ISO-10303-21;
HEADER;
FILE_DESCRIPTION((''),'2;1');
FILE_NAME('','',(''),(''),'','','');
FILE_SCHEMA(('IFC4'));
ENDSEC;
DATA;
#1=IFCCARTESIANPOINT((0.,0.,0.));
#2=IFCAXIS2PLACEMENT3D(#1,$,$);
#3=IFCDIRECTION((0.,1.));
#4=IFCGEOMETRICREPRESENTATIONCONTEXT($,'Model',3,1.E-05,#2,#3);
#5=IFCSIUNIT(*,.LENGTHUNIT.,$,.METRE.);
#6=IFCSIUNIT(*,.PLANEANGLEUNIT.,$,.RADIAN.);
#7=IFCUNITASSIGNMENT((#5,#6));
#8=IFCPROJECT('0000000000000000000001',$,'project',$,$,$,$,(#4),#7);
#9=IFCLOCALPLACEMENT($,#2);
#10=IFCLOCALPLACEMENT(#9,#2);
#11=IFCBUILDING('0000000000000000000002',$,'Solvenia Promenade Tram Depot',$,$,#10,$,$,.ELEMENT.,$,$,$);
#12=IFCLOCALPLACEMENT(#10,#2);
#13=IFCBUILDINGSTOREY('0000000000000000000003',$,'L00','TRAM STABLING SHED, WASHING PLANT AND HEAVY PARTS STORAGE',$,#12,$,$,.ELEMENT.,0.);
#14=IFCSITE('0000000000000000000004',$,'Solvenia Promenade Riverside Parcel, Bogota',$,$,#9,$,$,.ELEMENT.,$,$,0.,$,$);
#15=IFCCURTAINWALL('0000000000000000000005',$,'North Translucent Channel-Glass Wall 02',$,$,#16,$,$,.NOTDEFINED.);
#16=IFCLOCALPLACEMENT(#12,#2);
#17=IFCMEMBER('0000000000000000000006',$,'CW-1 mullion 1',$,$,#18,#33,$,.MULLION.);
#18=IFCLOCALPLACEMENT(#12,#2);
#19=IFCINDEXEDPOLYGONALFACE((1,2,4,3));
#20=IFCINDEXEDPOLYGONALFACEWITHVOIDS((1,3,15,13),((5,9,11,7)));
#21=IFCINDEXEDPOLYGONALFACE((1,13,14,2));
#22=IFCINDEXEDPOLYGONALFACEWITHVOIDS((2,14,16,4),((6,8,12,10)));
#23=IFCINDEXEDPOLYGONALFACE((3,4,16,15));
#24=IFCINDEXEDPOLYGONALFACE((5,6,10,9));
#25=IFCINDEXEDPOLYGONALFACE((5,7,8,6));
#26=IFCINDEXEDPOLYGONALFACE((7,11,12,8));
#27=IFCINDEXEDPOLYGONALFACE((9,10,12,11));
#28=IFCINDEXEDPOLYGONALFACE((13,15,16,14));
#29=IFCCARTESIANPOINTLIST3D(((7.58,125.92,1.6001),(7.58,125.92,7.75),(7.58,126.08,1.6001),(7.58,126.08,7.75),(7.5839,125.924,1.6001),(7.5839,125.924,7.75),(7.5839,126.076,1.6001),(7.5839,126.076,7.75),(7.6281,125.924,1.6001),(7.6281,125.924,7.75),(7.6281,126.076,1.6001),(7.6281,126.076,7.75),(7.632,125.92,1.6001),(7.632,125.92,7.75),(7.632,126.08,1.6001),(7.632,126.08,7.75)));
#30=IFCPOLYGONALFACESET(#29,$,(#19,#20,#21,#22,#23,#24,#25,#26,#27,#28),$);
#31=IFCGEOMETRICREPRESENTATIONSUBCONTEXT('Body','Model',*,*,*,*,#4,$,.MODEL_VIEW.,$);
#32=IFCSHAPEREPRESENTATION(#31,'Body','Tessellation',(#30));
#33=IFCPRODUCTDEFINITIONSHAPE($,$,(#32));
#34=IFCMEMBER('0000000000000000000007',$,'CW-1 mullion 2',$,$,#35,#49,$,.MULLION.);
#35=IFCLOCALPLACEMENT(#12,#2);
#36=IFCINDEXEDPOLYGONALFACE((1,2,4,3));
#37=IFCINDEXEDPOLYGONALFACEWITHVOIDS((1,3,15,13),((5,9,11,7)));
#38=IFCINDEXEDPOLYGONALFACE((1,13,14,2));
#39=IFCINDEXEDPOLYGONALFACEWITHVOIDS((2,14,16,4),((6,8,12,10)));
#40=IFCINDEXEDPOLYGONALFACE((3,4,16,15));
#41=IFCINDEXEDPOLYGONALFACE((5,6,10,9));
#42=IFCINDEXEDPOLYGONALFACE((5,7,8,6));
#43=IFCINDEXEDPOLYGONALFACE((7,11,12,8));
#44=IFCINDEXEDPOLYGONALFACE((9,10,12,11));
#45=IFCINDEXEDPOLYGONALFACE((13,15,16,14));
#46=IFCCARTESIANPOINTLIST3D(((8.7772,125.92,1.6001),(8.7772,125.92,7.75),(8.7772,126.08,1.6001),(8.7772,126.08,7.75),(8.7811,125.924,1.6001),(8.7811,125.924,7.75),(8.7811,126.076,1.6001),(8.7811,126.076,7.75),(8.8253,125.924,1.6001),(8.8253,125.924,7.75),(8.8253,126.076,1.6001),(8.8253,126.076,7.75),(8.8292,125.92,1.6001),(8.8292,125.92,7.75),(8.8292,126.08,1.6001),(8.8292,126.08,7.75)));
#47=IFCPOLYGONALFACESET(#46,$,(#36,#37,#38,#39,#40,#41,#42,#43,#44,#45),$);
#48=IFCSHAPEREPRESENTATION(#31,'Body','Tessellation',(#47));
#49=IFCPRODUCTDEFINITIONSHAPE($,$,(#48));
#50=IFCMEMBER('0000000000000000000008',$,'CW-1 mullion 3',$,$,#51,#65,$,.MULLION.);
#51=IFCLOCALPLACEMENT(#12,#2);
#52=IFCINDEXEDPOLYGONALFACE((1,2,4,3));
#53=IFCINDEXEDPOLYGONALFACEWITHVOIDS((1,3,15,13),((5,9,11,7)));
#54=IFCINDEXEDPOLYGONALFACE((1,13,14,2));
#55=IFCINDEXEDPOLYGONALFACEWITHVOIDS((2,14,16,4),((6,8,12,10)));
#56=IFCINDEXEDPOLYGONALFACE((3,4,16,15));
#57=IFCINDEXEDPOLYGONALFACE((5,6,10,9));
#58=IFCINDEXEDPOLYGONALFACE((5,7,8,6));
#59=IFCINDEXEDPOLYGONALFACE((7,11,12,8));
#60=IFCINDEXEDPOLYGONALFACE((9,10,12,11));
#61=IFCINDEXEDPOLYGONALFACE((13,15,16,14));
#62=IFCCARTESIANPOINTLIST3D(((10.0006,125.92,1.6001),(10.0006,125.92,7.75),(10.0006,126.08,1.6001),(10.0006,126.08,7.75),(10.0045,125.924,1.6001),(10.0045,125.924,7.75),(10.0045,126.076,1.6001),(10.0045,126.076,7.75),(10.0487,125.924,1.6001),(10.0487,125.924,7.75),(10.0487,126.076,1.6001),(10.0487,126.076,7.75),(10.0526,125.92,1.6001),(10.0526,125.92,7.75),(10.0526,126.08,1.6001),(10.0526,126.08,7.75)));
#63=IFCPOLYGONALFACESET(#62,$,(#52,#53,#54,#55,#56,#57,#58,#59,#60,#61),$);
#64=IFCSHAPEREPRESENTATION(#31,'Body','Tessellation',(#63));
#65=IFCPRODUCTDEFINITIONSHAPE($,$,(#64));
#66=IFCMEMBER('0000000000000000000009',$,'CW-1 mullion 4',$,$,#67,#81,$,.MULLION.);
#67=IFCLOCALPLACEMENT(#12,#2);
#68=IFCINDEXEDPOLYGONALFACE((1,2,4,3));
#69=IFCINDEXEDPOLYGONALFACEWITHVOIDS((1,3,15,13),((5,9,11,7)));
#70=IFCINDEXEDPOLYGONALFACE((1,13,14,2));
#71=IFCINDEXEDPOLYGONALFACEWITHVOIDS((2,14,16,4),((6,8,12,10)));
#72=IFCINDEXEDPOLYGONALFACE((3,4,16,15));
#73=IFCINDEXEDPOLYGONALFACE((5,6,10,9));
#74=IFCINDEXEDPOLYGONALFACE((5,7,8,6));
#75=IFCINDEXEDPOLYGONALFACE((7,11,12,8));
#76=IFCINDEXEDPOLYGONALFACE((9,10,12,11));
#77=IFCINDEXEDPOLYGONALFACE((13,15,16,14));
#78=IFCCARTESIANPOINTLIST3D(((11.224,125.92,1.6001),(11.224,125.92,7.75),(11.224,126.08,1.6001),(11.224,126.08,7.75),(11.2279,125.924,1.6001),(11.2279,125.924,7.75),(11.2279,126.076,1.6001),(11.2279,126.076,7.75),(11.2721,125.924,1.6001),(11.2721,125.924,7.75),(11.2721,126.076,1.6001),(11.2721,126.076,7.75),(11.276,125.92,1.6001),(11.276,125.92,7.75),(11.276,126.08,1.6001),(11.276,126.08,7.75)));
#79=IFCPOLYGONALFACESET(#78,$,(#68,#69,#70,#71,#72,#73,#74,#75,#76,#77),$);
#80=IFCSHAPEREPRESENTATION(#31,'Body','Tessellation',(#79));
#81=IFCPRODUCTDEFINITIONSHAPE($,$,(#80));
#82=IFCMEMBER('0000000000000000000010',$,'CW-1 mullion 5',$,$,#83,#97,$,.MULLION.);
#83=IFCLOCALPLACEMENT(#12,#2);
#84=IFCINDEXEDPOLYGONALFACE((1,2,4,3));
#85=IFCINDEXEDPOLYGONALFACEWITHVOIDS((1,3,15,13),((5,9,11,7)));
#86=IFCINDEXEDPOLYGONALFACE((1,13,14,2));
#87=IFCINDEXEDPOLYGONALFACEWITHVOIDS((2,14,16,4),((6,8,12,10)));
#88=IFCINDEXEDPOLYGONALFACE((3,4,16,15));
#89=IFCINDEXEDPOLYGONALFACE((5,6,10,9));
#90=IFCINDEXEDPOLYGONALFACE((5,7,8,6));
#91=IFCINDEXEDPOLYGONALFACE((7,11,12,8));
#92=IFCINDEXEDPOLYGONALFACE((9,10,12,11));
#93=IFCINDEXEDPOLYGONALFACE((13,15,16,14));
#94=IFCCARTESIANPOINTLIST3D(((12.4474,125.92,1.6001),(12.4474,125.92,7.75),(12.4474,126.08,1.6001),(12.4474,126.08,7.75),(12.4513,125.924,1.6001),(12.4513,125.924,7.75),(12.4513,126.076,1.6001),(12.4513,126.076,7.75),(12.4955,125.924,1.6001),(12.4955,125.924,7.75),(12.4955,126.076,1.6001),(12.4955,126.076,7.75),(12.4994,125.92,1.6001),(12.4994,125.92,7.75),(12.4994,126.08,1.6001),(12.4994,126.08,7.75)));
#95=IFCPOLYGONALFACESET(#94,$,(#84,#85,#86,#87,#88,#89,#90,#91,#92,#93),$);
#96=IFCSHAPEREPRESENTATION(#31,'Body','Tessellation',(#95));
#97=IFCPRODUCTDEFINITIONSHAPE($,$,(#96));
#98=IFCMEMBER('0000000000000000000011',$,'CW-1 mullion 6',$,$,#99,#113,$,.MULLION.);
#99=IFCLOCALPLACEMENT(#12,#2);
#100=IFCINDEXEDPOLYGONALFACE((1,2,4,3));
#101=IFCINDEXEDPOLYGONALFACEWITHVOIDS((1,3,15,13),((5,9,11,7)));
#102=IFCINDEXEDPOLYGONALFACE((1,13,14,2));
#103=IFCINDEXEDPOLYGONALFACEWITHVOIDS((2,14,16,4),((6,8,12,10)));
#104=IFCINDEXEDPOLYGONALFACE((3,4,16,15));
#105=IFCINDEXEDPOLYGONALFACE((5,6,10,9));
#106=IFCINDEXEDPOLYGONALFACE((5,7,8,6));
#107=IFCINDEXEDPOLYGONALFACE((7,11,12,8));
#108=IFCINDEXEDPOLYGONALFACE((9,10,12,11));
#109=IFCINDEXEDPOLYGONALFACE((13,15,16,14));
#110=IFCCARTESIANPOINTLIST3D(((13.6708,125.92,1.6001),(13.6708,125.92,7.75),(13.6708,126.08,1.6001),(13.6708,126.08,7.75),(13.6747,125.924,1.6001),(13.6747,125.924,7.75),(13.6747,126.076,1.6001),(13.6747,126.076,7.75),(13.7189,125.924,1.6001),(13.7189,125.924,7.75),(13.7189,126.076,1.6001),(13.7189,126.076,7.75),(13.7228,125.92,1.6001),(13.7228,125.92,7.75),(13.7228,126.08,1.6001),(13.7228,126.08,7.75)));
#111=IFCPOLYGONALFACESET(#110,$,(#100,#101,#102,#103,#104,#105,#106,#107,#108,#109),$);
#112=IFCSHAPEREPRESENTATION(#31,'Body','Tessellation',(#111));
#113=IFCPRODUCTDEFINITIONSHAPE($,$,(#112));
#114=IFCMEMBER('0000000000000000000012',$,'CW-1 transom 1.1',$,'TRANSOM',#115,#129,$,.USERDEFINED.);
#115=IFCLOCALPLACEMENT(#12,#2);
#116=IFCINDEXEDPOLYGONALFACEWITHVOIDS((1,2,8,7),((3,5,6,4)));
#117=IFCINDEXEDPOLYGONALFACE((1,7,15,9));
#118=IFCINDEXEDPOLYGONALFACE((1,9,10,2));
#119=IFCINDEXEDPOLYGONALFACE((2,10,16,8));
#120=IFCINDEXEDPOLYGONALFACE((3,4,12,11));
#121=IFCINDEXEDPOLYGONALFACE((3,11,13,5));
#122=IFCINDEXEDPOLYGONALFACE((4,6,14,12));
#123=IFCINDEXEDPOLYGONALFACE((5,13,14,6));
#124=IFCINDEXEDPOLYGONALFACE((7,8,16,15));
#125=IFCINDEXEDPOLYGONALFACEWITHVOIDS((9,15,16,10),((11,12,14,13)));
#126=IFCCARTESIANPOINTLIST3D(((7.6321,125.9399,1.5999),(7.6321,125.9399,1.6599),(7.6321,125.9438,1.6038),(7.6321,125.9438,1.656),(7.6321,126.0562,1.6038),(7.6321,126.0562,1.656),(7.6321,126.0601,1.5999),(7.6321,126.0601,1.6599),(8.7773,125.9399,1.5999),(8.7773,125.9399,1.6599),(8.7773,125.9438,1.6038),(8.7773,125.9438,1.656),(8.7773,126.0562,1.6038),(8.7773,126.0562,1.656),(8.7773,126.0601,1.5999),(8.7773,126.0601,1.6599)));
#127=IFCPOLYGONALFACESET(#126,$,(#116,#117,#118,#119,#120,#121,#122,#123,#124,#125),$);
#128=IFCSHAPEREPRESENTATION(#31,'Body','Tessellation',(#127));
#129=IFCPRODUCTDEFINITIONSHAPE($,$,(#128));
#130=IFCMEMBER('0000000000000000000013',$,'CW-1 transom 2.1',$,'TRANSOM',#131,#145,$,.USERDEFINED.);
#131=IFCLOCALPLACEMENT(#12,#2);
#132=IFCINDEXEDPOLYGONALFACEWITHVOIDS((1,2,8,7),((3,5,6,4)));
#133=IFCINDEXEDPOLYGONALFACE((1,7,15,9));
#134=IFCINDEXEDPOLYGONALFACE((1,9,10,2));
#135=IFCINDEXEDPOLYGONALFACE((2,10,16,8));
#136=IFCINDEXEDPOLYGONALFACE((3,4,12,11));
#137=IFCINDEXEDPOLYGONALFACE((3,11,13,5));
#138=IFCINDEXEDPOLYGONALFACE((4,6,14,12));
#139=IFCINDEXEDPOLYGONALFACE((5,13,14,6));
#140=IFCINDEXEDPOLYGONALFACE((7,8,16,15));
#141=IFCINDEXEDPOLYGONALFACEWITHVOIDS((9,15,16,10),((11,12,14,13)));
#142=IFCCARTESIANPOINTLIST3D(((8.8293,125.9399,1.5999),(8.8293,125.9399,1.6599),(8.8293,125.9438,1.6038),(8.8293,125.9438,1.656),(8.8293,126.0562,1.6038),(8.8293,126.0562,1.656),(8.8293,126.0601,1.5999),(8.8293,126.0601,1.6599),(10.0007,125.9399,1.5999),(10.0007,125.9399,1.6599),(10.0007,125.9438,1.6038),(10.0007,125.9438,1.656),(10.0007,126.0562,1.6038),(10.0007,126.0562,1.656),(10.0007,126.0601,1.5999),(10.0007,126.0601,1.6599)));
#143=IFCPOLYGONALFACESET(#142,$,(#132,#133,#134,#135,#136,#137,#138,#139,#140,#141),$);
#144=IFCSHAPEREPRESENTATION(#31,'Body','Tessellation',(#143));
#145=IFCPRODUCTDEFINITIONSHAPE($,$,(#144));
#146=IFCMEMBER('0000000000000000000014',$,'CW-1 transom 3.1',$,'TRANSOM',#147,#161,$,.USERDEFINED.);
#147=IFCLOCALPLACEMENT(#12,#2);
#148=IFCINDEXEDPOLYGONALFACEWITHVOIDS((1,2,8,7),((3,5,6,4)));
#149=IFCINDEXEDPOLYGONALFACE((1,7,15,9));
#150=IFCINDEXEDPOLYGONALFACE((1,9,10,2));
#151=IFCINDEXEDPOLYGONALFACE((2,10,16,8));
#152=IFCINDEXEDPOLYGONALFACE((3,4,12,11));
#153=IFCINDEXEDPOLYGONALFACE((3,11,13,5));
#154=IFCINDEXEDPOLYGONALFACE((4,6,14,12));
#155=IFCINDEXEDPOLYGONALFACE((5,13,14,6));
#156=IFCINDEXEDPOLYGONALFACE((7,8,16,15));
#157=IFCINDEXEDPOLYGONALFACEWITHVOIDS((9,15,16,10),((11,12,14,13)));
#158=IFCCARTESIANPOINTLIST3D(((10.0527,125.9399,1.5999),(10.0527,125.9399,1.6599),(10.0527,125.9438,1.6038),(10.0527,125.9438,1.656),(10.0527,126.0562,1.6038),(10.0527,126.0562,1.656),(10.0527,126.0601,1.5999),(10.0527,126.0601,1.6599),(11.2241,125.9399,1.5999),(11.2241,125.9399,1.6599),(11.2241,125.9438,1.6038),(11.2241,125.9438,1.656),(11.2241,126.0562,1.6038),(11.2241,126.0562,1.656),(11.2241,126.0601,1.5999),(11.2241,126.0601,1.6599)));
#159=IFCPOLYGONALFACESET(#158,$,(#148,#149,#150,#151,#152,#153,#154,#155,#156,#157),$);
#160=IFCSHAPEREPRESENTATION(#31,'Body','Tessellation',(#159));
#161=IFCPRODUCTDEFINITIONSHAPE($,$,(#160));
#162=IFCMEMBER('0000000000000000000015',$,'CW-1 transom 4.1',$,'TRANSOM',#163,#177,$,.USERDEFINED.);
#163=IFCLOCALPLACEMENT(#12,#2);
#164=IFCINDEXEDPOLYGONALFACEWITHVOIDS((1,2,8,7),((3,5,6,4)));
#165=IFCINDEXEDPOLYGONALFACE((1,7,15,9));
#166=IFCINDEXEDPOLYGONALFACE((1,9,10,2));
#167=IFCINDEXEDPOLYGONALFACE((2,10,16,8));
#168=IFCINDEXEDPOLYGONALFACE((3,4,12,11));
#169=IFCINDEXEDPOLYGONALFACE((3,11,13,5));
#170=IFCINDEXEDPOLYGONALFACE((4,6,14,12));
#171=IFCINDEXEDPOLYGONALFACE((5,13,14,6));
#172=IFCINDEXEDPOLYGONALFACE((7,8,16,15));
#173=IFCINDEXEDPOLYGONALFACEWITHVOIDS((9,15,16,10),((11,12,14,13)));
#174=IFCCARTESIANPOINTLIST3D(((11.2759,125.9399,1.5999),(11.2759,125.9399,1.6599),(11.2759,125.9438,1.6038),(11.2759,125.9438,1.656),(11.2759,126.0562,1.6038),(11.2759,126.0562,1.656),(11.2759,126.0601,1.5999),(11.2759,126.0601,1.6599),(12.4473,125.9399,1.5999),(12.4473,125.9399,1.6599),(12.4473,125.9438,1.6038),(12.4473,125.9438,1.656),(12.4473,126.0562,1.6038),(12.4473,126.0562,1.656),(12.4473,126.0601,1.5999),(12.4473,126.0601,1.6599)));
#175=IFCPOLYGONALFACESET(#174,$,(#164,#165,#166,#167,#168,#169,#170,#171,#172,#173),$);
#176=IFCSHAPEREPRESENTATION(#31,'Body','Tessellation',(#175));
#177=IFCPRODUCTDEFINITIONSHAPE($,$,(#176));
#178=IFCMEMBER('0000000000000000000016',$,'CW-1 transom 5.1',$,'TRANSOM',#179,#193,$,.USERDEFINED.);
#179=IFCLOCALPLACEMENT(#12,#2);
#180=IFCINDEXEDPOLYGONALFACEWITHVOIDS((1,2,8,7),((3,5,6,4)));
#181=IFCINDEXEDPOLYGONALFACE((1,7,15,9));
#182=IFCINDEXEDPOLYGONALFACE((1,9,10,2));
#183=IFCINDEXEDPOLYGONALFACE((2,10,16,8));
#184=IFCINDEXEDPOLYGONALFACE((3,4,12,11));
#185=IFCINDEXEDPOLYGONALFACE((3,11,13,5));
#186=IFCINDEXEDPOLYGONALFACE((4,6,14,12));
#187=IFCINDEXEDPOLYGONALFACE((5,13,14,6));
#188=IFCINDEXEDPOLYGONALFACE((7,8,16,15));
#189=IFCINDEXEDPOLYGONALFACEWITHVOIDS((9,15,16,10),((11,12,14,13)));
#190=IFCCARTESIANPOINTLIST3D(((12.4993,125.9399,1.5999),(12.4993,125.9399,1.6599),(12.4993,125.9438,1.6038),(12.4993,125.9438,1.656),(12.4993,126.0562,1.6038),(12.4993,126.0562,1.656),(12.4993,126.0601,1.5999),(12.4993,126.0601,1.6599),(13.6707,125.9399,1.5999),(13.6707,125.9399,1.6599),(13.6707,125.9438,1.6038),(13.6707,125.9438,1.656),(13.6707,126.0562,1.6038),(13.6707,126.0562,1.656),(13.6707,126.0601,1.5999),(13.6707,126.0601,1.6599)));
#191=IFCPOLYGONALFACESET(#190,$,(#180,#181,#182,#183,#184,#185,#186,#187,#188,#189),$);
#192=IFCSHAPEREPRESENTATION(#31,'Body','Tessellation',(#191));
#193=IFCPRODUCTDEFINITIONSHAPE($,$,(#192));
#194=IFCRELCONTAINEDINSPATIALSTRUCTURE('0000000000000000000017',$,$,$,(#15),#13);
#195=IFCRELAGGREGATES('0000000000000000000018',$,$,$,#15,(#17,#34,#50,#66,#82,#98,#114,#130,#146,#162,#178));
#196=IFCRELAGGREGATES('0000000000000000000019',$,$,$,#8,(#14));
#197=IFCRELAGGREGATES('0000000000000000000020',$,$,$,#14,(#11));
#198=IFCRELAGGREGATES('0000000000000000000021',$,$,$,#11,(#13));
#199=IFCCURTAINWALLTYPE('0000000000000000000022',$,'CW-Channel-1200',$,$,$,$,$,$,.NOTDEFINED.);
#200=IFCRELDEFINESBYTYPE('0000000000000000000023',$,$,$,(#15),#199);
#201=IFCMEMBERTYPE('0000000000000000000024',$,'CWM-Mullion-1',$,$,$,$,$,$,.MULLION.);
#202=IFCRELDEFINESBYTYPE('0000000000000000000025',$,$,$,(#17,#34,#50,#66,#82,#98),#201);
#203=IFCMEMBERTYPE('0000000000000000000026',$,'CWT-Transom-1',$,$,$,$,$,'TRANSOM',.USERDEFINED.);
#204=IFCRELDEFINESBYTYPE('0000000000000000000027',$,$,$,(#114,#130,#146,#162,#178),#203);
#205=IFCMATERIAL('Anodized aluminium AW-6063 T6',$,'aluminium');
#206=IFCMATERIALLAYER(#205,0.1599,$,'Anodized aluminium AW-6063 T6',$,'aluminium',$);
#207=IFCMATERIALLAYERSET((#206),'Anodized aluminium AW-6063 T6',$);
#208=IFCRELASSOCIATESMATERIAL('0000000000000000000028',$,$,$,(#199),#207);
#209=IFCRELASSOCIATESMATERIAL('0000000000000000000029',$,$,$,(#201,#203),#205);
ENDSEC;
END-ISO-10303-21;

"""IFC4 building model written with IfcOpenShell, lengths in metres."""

from ifc_helpers import new_model, si_unit, direction, frame, origin, origin_2d, place, context, subcontext, project, spatial, hollow_rectangle, extrude, material, layer, layer_set, material_profile, profile_set, type_object, element, aggregate, save


model = new_model("IFC4")

# Units and contexts
model_context = context("Model", 3, precision=1e-05, world=origin(), true_north=direction((0.0, 1.0)))
body_context = subcontext(model_context, "Body", "Model", "MODEL_VIEW")
ifc_project = project(units=[si_unit("LENGTHUNIT", "METRE"), si_unit("PLANEANGLEUNIT", "RADIAN")], contexts=[model_context])

# Site, building, storey
site_placement = place(None, origin())
site = spatial("IfcSite", under=ifc_project, at=site_placement, Name="Solvenia Promenade Riverside Parcel, Bogota", CompositionType="ELEMENT", RefElevation=0.0)
building_placement = place(site_placement, origin())
building = spatial("IfcBuilding", under=site, at=building_placement, Name="Solvenia Promenade Tram Depot", CompositionType="ELEMENT")
storey_placement = place(building_placement, origin())
storey = spatial("IfcBuildingStorey", under=building, at=storey_placement, Name="L00", Description="TRAM STABLING SHED, WASHING PLANT AND HEAVY PARTS STORAGE", CompositionType="ELEMENT", Elevation=0.0)

# Shared definitions
ifc_material_1 = material(Name="Anodized aluminium AW-6063 T6", Category="aluminium")
ifc_layer_1 = layer(ifc_material_1, 0.1599, Name="Anodized aluminium AW-6063 T6", Category="aluminium")
ifc_layer_set_1 = layer_set([ifc_layer_1], Name="Anodized aluminium AW-6063 T6")
curtain_wall_type = type_object("IfcCurtainWallType", Name="CW-Channel-1200", PredefinedType="NOTDEFINED", material=ifc_layer_set_1)
ifc_material_profile_1 = material_profile(ifc_material_1, hollow_rectangle(XDim=0.1599, YDim=0.052, WallThickness=0.0039, at=origin_2d()), Name="ALU-M1", Category="aluminium")
ifc_profile_set_1 = profile_set([ifc_material_profile_1], Name="Anodized aluminium AW-6063 T6")
member_type_1 = type_object("IfcMemberType", Name="CWM-Mullion-1", PredefinedType="MULLION", material=ifc_profile_set_1)

# Curtain wall, members
curtain_wall_1_placement = place(storey_placement, origin())
curtain_wall_1 = element("IfcCurtainWall", 1, at=curtain_wall_1_placement, inside=storey, type_object=curtain_wall_type, Name="North Translucent Channel-Glass Wall 02", PredefinedType="NOTDEFINED")
member_1_placement = place(storey_placement, frame((7.606, 126.0, 1.6001), z_axis=(0.0, 0.0, 1.0), x_axis=(0.0, 1.0, 0.0)))
member_1 = element("IfcMember", 2, at=member_1_placement, type_object=member_type_1, Name="CW-1 mullion 1", PredefinedType="MULLION", context=body_context, shape_type="SweptSolid", body=[
    extrude(hollow_rectangle(XDim=0.1599, YDim=0.052, WallThickness=0.0039, at=origin_2d()), origin(), (0.0, 0.0, 1.0), 6.1499),
])
member_2_placement = place(storey_placement, frame((8.8032, 126.0, 1.6001), z_axis=(0.0, 0.0, 1.0), x_axis=(0.0, 1.0, 0.0)))
member_2 = element("IfcMember", 3, at=member_2_placement, type_object=member_type_1, Name="CW-1 mullion 2", PredefinedType="MULLION", context=body_context, shape_type="SweptSolid", body=[
    extrude(hollow_rectangle(XDim=0.1599, YDim=0.052, WallThickness=0.0039, at=origin_2d()), origin(), (0.0, 0.0, 1.0), 6.1499),
])
member_3_placement = place(storey_placement, frame((10.0266, 126.0, 1.6001), z_axis=(0.0, 0.0, 1.0), x_axis=(0.0, 1.0, 0.0)))
member_3 = element("IfcMember", 4, at=member_3_placement, type_object=member_type_1, Name="CW-1 mullion 3", PredefinedType="MULLION", context=body_context, shape_type="SweptSolid", body=[
    extrude(hollow_rectangle(XDim=0.1599, YDim=0.052, WallThickness=0.0039, at=origin_2d()), origin(), (0.0, 0.0, 1.0), 6.1499),
])
member_4_placement = place(storey_placement, frame((11.25, 126.0, 1.6001), z_axis=(0.0, 0.0, 1.0), x_axis=(0.0, 1.0, 0.0)))
member_4 = element("IfcMember", 5, at=member_4_placement, type_object=member_type_1, Name="CW-1 mullion 4", PredefinedType="MULLION", context=body_context, shape_type="SweptSolid", body=[
    extrude(hollow_rectangle(XDim=0.1599, YDim=0.052, WallThickness=0.0039, at=origin_2d()), origin(), (0.0, 0.0, 1.0), 6.1499),
])
member_5_placement = place(storey_placement, frame((12.4734, 126.0, 1.6001), z_axis=(0.0, 0.0, 1.0), x_axis=(0.0, 1.0, 0.0)))
member_5 = element("IfcMember", 6, at=member_5_placement, type_object=member_type_1, Name="CW-1 mullion 5", PredefinedType="MULLION", context=body_context, shape_type="SweptSolid", body=[
    extrude(hollow_rectangle(XDim=0.1599, YDim=0.052, WallThickness=0.0039, at=origin_2d()), origin(), (0.0, 0.0, 1.0), 6.1499),
])
member_6_placement = place(storey_placement, frame((13.6968, 126.0, 1.6001), z_axis=(0.0, 0.0, 1.0), x_axis=(0.0, 1.0, 0.0)))
member_6 = element("IfcMember", 7, at=member_6_placement, type_object=member_type_1, Name="CW-1 mullion 6", PredefinedType="MULLION", context=body_context, shape_type="SweptSolid", body=[
    extrude(hollow_rectangle(XDim=0.1599, YDim=0.052, WallThickness=0.0039, at=origin_2d()), origin(), (0.0, 0.0, 1.0), 6.1499),
])
ifc_material_profile_2 = material_profile(ifc_material_1, hollow_rectangle(XDim=0.1201, YDim=0.0601, WallThickness=0.0039, at=origin_2d()), Name="ALU-T1", Category="aluminium")
ifc_profile_set_2 = profile_set([ifc_material_profile_2], Name="Anodized aluminium AW-6063 T6")
member_type_2 = type_object("IfcMemberType", Name="CWT-Transom-1", ElementType="TRANSOM", PredefinedType="USERDEFINED", material=ifc_profile_set_2)
member_7_placement = place(storey_placement, frame((7.6321, 126.0, 1.6299), z_axis=(1.0, 0.0, 0.0), x_axis=(0.0, 1.0, 0.0)))
member_7 = element("IfcMember", 8, at=member_7_placement, type_object=member_type_2, Name="CW-1 transom 1.1", ObjectType="TRANSOM", PredefinedType="USERDEFINED", context=body_context, shape_type="SweptSolid", body=[
    extrude(hollow_rectangle(XDim=0.1201, YDim=0.0601, WallThickness=0.0039, at=origin_2d()), origin(), (0.0, 0.0, 1.0), 1.1453),
])
member_8_placement = place(storey_placement, frame((8.8293, 126.0, 1.6299), z_axis=(1.0, 0.0, 0.0), x_axis=(0.0, 1.0, 0.0)))
member_8 = element("IfcMember", 9, at=member_8_placement, type_object=member_type_2, Name="CW-1 transom 2.1", ObjectType="TRANSOM", PredefinedType="USERDEFINED", context=body_context, shape_type="SweptSolid", body=[
    extrude(hollow_rectangle(XDim=0.1201, YDim=0.0601, WallThickness=0.0039, at=origin_2d()), origin(), (0.0, 0.0, 1.0), 1.1714),
])
member_9_placement = place(storey_placement, frame((10.0527, 126.0, 1.6299), z_axis=(1.0, 0.0, 0.0), x_axis=(0.0, 1.0, 0.0)))
member_9 = element("IfcMember", 10, at=member_9_placement, type_object=member_type_2, Name="CW-1 transom 3.1", ObjectType="TRANSOM", PredefinedType="USERDEFINED", context=body_context, shape_type="SweptSolid", body=[
    extrude(hollow_rectangle(XDim=0.1201, YDim=0.0601, WallThickness=0.0039, at=origin_2d()), origin(), (0.0, 0.0, 1.0), 1.1714),
])
member_10_placement = place(storey_placement, frame((11.2759, 126.0, 1.6299), z_axis=(1.0, 0.0, 0.0), x_axis=(0.0, 1.0, 0.0)))
member_10 = element("IfcMember", 11, at=member_10_placement, type_object=member_type_2, Name="CW-1 transom 4.1", ObjectType="TRANSOM", PredefinedType="USERDEFINED", context=body_context, shape_type="SweptSolid", body=[
    extrude(hollow_rectangle(XDim=0.1201, YDim=0.0601, WallThickness=0.0039, at=origin_2d()), origin(), (0.0, 0.0, 1.0), 1.1714),
])
member_11_placement = place(storey_placement, frame((12.4993, 126.0, 1.6299), z_axis=(1.0, 0.0, 0.0), x_axis=(0.0, 1.0, 0.0)))
member_11 = element("IfcMember", 12, at=member_11_placement, type_object=member_type_2, Name="CW-1 transom 5.1", ObjectType="TRANSOM", PredefinedType="USERDEFINED", context=body_context, shape_type="SweptSolid", body=[
    extrude(hollow_rectangle(XDim=0.1201, YDim=0.0601, WallThickness=0.0039, at=origin_2d()), origin(), (0.0, 0.0, 1.0), 1.1714),
])

aggregate(curtain_wall_1, [member_1, member_2, member_3, member_4, member_5, member_6, member_7, member_8, member_9, member_10, member_11])

save(model, "model.ifc")
